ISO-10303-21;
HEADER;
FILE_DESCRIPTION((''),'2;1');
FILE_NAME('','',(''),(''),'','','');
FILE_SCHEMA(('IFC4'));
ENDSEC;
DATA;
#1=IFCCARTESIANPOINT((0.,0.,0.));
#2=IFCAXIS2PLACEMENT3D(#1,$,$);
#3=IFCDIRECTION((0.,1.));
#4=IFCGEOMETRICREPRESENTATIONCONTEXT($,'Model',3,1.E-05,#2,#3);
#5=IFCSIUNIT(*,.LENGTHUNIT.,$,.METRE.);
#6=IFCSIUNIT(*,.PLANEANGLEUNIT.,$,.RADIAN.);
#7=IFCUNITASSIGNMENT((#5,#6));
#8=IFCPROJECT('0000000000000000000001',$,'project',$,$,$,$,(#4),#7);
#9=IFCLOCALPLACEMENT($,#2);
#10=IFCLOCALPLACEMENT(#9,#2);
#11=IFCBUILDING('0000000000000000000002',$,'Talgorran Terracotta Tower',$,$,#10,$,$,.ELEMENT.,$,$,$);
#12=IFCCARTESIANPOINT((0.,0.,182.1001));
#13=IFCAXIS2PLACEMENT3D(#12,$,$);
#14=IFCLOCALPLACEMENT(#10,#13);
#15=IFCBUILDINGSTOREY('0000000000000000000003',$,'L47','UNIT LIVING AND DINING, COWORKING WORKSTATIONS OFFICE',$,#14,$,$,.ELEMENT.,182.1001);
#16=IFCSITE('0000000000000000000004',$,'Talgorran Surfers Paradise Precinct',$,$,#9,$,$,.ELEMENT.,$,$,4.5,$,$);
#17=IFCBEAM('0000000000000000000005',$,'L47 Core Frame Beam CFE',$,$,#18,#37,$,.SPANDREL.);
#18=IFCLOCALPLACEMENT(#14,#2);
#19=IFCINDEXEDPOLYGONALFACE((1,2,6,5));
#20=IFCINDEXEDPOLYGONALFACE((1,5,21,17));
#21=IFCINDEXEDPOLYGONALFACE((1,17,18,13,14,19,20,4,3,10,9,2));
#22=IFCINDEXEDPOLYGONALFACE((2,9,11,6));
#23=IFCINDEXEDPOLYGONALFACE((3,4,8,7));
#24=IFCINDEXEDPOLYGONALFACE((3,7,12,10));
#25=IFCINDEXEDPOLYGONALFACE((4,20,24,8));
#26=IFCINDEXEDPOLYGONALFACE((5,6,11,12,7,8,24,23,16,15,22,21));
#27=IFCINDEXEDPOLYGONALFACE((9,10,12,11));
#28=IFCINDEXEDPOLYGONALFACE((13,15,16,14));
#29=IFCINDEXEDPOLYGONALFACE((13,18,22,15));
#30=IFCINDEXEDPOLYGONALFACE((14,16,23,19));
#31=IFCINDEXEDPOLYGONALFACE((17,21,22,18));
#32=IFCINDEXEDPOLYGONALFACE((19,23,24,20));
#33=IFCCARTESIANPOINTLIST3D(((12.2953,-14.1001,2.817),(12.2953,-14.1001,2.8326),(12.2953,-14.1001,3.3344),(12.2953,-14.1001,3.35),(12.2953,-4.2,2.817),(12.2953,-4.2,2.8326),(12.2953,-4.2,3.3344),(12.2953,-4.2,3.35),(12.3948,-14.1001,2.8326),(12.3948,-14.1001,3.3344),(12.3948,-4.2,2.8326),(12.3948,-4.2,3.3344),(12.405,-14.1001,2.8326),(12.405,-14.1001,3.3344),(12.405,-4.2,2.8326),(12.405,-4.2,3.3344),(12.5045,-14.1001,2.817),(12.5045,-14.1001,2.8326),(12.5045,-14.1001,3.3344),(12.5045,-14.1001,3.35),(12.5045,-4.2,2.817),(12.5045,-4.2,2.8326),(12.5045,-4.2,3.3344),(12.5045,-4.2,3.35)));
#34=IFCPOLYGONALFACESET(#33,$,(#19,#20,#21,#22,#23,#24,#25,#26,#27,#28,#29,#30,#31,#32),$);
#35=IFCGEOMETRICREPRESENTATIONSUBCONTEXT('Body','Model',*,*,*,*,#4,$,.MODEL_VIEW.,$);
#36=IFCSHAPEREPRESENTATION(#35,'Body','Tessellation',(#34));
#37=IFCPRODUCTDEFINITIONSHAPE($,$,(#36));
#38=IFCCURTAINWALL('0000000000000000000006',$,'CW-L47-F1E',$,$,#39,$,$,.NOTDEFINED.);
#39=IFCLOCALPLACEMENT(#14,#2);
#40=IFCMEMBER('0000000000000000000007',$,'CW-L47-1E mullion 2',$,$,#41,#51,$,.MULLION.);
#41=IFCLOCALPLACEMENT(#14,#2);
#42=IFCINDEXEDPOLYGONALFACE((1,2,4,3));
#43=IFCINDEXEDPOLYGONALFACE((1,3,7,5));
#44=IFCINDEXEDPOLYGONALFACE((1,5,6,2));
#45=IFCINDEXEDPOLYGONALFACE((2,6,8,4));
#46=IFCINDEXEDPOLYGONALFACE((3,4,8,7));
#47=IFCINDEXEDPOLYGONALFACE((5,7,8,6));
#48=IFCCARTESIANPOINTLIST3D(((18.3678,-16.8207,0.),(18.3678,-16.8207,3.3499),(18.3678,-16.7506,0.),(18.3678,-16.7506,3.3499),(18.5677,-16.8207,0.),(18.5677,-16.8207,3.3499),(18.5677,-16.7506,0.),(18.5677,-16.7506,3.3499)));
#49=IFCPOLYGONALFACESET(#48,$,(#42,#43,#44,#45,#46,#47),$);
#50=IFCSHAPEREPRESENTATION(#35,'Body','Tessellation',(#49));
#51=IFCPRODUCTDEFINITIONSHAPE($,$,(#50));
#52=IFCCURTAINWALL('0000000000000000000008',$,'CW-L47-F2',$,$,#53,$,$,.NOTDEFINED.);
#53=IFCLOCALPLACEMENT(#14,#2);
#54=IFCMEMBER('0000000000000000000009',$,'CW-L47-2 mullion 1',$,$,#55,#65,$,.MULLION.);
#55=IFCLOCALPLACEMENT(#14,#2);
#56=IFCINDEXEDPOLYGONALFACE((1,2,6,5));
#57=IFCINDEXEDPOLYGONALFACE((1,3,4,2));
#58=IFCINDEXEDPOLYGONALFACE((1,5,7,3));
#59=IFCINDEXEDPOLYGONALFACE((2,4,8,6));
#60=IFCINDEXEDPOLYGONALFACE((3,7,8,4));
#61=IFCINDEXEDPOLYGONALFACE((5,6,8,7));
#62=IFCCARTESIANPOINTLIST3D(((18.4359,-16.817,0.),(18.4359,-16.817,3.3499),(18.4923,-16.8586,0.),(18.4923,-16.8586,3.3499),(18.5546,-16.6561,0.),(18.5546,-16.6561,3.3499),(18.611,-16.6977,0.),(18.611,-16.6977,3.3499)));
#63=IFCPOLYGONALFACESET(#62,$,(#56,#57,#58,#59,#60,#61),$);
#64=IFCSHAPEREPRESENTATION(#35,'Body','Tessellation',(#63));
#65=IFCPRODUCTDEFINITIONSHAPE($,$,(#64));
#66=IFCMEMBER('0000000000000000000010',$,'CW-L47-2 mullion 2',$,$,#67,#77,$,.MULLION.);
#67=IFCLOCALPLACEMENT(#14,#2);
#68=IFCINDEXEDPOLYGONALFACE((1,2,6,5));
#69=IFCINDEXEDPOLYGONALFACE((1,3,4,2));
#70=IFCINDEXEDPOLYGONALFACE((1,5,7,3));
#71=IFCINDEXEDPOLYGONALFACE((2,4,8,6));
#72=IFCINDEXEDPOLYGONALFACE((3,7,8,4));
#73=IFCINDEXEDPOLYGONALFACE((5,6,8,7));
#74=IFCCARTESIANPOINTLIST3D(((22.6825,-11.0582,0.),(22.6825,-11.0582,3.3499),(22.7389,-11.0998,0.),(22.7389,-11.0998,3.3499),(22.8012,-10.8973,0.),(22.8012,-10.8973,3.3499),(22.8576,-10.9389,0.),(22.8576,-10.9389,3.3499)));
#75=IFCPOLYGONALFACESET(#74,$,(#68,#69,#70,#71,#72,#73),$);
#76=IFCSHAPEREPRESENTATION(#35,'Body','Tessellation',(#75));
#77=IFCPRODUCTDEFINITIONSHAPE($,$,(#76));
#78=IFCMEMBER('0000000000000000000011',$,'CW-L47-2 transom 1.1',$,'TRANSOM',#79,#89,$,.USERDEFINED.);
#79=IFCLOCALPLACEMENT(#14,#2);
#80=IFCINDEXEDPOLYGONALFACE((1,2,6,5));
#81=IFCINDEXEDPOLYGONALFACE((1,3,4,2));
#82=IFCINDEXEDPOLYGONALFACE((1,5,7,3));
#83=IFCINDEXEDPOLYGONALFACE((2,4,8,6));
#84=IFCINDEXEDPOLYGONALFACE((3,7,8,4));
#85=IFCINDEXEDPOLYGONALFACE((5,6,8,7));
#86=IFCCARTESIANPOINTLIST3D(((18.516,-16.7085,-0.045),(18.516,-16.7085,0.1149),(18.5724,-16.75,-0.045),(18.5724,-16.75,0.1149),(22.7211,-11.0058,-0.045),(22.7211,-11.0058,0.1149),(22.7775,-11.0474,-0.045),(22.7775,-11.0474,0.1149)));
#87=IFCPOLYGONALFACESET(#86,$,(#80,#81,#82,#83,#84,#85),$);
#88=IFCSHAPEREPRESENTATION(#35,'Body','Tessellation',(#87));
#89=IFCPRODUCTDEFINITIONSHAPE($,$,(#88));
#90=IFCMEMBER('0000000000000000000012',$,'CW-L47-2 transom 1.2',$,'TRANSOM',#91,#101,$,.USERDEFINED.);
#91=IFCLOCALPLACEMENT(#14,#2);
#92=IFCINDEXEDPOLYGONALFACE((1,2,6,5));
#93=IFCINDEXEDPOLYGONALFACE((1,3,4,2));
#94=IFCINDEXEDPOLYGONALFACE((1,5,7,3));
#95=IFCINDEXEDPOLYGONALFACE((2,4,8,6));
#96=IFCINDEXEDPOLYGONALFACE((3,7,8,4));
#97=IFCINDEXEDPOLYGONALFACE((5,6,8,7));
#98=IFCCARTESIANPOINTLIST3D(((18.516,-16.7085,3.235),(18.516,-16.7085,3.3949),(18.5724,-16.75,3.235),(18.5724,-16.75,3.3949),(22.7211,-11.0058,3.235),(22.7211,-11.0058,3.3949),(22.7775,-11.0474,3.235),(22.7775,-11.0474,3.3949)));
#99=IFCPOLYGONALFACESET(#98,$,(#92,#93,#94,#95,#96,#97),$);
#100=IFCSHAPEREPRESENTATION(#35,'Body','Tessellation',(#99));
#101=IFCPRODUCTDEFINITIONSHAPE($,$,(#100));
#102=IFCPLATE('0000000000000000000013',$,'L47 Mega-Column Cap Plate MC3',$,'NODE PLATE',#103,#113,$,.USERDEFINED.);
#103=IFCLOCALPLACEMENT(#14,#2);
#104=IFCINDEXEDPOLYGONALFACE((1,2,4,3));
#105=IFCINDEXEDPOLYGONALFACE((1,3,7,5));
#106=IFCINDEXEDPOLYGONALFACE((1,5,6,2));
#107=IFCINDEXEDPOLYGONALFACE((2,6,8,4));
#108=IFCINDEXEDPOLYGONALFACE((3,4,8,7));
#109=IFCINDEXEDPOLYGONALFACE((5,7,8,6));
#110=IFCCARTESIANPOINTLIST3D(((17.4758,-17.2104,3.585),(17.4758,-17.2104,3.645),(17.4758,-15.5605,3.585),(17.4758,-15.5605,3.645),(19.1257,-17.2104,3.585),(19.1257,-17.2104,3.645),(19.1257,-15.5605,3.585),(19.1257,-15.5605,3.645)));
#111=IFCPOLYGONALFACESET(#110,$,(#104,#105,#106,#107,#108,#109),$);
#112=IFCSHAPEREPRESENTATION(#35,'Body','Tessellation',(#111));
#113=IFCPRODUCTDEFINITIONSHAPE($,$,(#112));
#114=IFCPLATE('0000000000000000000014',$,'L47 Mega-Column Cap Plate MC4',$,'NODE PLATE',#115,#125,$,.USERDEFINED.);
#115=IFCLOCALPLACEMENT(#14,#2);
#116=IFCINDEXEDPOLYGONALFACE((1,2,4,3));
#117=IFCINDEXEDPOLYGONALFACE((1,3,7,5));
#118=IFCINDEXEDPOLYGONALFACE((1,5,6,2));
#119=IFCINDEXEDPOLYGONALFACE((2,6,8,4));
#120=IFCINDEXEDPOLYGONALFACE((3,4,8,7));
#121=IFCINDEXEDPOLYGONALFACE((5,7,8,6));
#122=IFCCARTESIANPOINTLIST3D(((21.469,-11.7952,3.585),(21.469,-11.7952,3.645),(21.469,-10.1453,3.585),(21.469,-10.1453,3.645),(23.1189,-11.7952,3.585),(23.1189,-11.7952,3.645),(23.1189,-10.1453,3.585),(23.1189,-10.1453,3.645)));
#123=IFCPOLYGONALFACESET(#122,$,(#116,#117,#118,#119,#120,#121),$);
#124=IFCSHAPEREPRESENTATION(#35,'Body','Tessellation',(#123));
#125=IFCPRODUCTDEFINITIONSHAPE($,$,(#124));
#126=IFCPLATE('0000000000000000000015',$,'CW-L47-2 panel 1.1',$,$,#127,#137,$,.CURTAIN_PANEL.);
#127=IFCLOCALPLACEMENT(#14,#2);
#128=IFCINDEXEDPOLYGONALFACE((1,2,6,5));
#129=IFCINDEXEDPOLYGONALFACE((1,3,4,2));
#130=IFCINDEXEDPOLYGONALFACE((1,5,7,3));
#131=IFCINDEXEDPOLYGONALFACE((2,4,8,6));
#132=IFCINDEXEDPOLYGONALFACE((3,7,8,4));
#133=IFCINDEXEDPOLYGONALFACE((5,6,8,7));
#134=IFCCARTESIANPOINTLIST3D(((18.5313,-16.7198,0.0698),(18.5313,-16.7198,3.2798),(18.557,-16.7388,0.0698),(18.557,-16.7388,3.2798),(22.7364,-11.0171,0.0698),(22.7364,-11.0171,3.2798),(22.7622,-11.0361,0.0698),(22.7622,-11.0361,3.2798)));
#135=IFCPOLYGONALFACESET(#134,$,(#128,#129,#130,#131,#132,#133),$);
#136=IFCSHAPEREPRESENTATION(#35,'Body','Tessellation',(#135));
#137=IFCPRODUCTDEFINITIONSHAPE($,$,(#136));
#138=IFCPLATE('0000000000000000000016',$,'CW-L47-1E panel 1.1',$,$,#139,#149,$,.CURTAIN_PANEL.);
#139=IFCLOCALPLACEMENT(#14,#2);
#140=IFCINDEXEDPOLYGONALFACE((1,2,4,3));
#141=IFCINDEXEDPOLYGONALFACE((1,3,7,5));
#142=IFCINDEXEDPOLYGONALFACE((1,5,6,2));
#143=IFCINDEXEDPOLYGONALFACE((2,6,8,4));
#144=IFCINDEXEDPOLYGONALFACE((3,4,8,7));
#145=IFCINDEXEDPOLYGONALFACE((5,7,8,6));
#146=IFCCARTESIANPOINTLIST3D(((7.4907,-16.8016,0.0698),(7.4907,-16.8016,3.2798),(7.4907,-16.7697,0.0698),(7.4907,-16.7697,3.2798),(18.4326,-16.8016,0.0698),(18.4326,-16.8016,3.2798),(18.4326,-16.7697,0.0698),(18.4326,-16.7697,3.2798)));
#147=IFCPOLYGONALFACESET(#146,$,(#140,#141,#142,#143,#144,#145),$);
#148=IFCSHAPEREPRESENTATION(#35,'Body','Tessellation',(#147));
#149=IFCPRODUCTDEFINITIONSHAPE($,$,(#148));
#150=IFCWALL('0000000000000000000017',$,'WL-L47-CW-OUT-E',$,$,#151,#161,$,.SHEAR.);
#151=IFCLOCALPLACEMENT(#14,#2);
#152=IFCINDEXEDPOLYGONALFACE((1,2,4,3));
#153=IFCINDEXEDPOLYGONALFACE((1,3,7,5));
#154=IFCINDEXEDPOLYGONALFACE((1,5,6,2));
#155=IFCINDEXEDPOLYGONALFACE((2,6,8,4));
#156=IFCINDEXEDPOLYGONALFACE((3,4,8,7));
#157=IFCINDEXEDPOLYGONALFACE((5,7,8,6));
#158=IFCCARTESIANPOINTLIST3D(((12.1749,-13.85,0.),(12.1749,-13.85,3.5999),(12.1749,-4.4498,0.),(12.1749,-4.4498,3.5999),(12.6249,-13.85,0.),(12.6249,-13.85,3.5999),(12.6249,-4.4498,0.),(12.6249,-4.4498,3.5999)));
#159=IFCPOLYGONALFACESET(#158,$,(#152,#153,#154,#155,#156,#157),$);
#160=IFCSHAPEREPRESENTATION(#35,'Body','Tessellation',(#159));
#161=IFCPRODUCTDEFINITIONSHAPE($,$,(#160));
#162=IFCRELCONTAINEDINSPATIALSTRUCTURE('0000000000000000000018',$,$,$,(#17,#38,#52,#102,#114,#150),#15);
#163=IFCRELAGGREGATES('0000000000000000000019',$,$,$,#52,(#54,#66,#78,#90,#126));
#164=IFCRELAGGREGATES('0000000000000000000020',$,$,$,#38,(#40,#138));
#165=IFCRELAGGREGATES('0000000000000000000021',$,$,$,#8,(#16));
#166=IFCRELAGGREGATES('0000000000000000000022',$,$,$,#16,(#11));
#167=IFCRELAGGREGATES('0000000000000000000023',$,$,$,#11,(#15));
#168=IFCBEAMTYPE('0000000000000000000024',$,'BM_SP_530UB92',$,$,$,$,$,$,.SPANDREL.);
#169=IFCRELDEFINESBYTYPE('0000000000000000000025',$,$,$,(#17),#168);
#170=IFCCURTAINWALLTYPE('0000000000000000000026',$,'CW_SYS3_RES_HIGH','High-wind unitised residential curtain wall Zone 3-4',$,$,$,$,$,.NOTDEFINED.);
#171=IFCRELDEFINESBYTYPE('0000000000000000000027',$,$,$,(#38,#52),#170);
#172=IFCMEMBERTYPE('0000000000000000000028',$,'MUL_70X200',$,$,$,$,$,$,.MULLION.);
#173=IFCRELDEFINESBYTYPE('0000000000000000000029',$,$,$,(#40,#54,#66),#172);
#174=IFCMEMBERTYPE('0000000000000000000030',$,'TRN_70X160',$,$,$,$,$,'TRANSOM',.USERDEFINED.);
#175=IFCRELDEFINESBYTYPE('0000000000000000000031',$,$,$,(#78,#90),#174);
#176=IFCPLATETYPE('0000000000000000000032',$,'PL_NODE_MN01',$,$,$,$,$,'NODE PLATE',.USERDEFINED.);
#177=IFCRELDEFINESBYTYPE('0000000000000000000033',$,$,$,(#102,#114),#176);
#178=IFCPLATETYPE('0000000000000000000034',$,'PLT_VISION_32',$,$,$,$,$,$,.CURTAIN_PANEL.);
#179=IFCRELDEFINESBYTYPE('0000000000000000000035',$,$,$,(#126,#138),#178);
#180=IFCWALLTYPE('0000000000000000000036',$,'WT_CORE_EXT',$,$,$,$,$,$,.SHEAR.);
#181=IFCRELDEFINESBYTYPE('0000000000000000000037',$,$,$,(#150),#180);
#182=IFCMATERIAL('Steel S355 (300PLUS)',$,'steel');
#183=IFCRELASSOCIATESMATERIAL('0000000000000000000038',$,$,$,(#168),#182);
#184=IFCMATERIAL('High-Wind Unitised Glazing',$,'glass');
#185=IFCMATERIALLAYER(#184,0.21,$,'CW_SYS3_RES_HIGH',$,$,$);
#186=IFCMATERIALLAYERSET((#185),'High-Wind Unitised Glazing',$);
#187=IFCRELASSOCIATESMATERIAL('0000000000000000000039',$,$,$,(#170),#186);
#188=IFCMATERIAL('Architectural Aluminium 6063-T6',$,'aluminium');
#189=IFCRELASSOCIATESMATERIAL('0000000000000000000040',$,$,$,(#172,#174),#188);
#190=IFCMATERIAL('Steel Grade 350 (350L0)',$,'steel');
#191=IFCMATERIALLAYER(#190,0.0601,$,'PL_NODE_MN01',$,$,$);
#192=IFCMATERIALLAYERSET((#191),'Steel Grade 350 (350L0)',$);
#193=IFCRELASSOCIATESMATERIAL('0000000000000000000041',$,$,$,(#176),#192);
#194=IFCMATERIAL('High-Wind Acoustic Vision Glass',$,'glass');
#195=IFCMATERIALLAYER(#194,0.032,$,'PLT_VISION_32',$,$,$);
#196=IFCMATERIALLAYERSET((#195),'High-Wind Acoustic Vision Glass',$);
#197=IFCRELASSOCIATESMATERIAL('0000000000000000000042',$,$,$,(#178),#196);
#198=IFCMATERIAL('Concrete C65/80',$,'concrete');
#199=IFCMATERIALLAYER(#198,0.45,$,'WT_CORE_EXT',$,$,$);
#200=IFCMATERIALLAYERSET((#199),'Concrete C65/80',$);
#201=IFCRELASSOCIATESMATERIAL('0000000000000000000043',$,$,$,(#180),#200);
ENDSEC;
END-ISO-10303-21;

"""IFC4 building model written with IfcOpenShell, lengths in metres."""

from ifc_helpers import new_model, si_unit, direction, frame, frame_2d, origin, origin_2d, place, context, subcontext, project, spatial, rectangle, i_section, extrude, source, transform, mapped, material, layer, layer_set, material_profile, profile_set, type_object, type_shapes, element, aggregate, save


model = new_model("IFC4")

# Units and contexts
model_context = context("Model", 3, precision=1e-05, world=origin(), true_north=direction((0.0, 1.0)))
body_context = subcontext(model_context, "Body", "Model", "MODEL_VIEW")
ifc_project = project(units=[si_unit("LENGTHUNIT", "METRE"), si_unit("PLANEANGLEUNIT", "RADIAN")], contexts=[model_context])

# Site, building, storey
site_placement = place(None, origin())
site = spatial("IfcSite", under=ifc_project, at=site_placement, Name="Talgorran Surfers Paradise Precinct", CompositionType="ELEMENT", RefElevation=4.5)
building_placement = place(site_placement, origin())
building = spatial("IfcBuilding", under=site, at=building_placement, Name="Talgorran Terracotta Tower", CompositionType="ELEMENT")
storey_placement = place(building_placement, frame((0.0, 0.0, 182.1001)))
storey = spatial("IfcBuildingStorey", under=building, at=storey_placement, Name="L47", Description="UNIT LIVING AND DINING, COWORKING WORKSTATIONS OFFICE", CompositionType="ELEMENT", Elevation=182.1001)

# Shared definitions
ifc_material_1 = material(Name="Steel S355 (300PLUS)", Category="steel")
ifc_material_2 = material(Name="Steel Grade 350 (350L0)", Category="steel")

# Beam
ifc_material_profile_1 = material_profile(ifc_material_1, i_section(OverallWidth=0.2092, OverallDepth=0.533, WebThickness=0.0103, FlangeThickness=0.0156, at=origin_2d()), Name="530UB92.4")
ifc_profile_set_1 = profile_set([ifc_material_profile_1], Name="Steel S355 (300PLUS)")
beam_type_1 = type_object("IfcBeamType", Name="BM_SP_530UB92", PredefinedType="SPANDREL", material=ifc_profile_set_1)
beam_1_placement = place(storey_placement, frame((12.3999, -14.1001, 3.0835), z_axis=(0.0, 1.0, 0.0), x_axis=(-1.0, 0.0, 0.0)))
element("IfcBeam", 1, at=beam_1_placement, inside=storey, type_object=beam_type_1, Name="L47 Core Frame Beam CFE", PredefinedType="SPANDREL", context=body_context, shape_type="SweptSolid", body=[
    extrude(i_section(OverallWidth=0.2092, OverallDepth=0.533, WebThickness=0.0103, FlangeThickness=0.0156, at=origin_2d()), origin(), (0.0, 0.0, 1.0), 9.9001),
])

# Curtain wall, member
ifc_material_3 = material(Name="High-Wind Unitised Glazing", Category="glass")
ifc_layer_1 = layer(ifc_material_3, 0.21, Name="CW_SYS3_RES_HIGH")
ifc_layer_set_1 = layer_set([ifc_layer_1], Name="High-Wind Unitised Glazing")
curtain_wall_type = type_object("IfcCurtainWallType", Name="CW_SYS3_RES_HIGH", Description="High-wind unitised residential curtain wall Zone 3-4", PredefinedType="NOTDEFINED", material=ifc_layer_set_1)
curtain_wall_1_placement = place(storey_placement, origin())
curtain_wall_1 = element("IfcCurtainWall", 2, at=curtain_wall_1_placement, inside=storey, type_object=curtain_wall_type, Name="CW-L47-F1E", PredefinedType="NOTDEFINED")
ifc_material_4 = material(Name="Architectural Aluminium 6063-T6", Category="aluminium")
ifc_material_profile_2 = material_profile(ifc_material_4, rectangle(XDim=0.0701, YDim=0.2, at=origin_2d()), Name="CWM70X200")
ifc_profile_set_2 = profile_set([ifc_material_profile_2], Name="Architectural Aluminium 6063-T6")
member_type_1 = type_object("IfcMemberType", Name="MUL_70X200", PredefinedType="MULLION", material=ifc_profile_set_2)
member_1_placement = place(storey_placement, frame((18.4678, -16.7856, 0.0), z_axis=(0.0, 0.0, 1.0), x_axis=(0.0, 1.0, 0.0)))
member_1 = element("IfcMember", 3, at=member_1_placement, type_object=member_type_1, Name="CW-L47-1E mullion 2", PredefinedType="MULLION", context=body_context, shape_type="SweptSolid", body=[
    extrude(rectangle(XDim=0.0701, YDim=0.2, at=origin_2d()), origin(), (0.0, 0.0, 1.0), 3.3499),
])

# Curtain wall, members
curtain_wall_2_placement = place(storey_placement, origin())
curtain_wall_2 = element("IfcCurtainWall", 4, at=curtain_wall_2_placement, inside=storey, type_object=curtain_wall_type, Name="CW-L47-F2", PredefinedType="NOTDEFINED")
member_2_placement = place(storey_placement, frame((18.5234, -16.7573, 0.0), z_axis=(0.0, 0.0, 1.0), x_axis=(-0.804841, 0.59349, 0.0)))
member_2 = element("IfcMember", 5, at=member_2_placement, type_object=member_type_1, Name="CW-L47-2 mullion 1", PredefinedType="MULLION", context=body_context, shape_type="SweptSolid", body=[
    extrude(rectangle(XDim=0.0701, YDim=0.2, at=origin_2d()), origin(), (0.0, 0.0, 1.0), 3.3499),
])
member_3_placement = place(storey_placement, frame((22.77, -10.9985, 0.0), z_axis=(0.0, 0.0, 1.0), x_axis=(-0.804841, 0.59349, 0.0)))
member_3 = element("IfcMember", 6, at=member_3_placement, type_object=member_type_1, Name="CW-L47-2 mullion 2", PredefinedType="MULLION", context=body_context, shape_type="SweptSolid", body=[
    extrude(rectangle(XDim=0.0701, YDim=0.2, at=origin_2d()), origin(), (0.0, 0.0, 1.0), 3.3499),
])
ifc_material_profile_3 = material_profile(ifc_material_4, rectangle(XDim=0.0701, YDim=0.1599, at=origin_2d()), Name="CWT70X160")
ifc_profile_set_3 = profile_set([ifc_material_profile_3], Name="Architectural Aluminium 6063-T6")
member_type_2 = type_object("IfcMemberType", Name="TRN_70X160", ElementType="TRANSOM", PredefinedType="USERDEFINED", material=ifc_profile_set_3)
member_4_placement = place(storey_placement, frame((18.5442, -16.7292, 0.0349), z_axis=(0.593486, 0.804844, 0.0), x_axis=(-0.804844, 0.593486, 0.0)))
member_4 = element("IfcMember", 7, at=member_4_placement, type_object=member_type_2, Name="CW-L47-2 transom 1.1", ObjectType="TRANSOM", PredefinedType="USERDEFINED", context=body_context, shape_type="SweptSolid", body=[
    extrude(rectangle(XDim=0.0701, YDim=0.1599, at=origin_2d()), origin(), (0.0, 0.0, 1.0), 7.0854),
])
member_5_placement = place(storey_placement, frame((18.5442, -16.7292, 3.3149), z_axis=(0.593486, 0.804844, 0.0), x_axis=(-0.804844, 0.593486, 0.0)))
member_5 = element("IfcMember", 8, at=member_5_placement, type_object=member_type_2, Name="CW-L47-2 transom 1.2", ObjectType="TRANSOM", PredefinedType="USERDEFINED", context=body_context, shape_type="SweptSolid", body=[
    extrude(rectangle(XDim=0.0701, YDim=0.1599, at=origin_2d()), origin(), (0.0, 0.0, 1.0), 7.0854),
])

# Plates
ifc_layer_2 = layer(ifc_material_2, 0.0601, Name="PL_NODE_MN01")
ifc_layer_set_2 = layer_set([ifc_layer_2], Name="Steel Grade 350 (350L0)")
plate_type_1 = type_object("IfcPlateType", Name="PL_NODE_MN01", ElementType="NODE PLATE", PredefinedType="USERDEFINED", material=ifc_layer_set_2)
for number, where, z_axis, x_axis, name in (
    (9, (18.3008, -16.3855, 3.585), (0.0, 0.0, 1.0), (1.0, 0.0, 0.0), "L47 Mega-Column Cap Plate MC3"),
    (10, (22.2939, -10.9702, 3.585), (0.0, 0.0, 1.0), (1.0, 0.0, 0.0), "L47 Mega-Column Cap Plate MC4"),
):
    element("IfcPlate", number, at=place(storey_placement, frame(where, z_axis=z_axis, x_axis=x_axis)), inside=storey, type_object=plate_type_1, Name=name, ObjectType="NODE PLATE", PredefinedType="USERDEFINED", context=body_context, shape_type="SweptSolid", body=[
        extrude(rectangle(XDim=1.6499, YDim=1.6499, at=origin_2d()), origin(), (0.0, 0.0, 1.0), 0.0601),
    ])

# Plates
ifc_material_5 = material(Name="High-Wind Acoustic Vision Glass", Category="glass")
ifc_layer_3 = layer(ifc_material_5, 0.032, Name="PLT_VISION_32")
ifc_layer_set_3 = layer_set([ifc_layer_3], Name="High-Wind Acoustic Vision Glass")
plate_type_2 = type_object("IfcPlateType", Name="PLT_VISION_32", PredefinedType="CURTAIN_PANEL", material=ifc_layer_set_3)
shared_shape_1 = source(origin(), body_context, "Body", "SweptSolid", [
    extrude(rectangle(XDim=7.0854, YDim=0.032, at=origin_2d()), origin(), (0.0, 0.0, 1.0), 3.21),
])
plate_1_placement = place(storey_placement, frame((20.6467, -13.8779, 0.0698), z_axis=(0.0, 0.0, 1.0), x_axis=(0.59349, 0.804841, 0.0)))
plate_1 = element("IfcPlate", 11, at=plate_1_placement, type_object=plate_type_2, Name="CW-L47-2 panel 1.1", PredefinedType="CURTAIN_PANEL", context=body_context, shape_type="MappedRepresentation", body=[
    mapped(shared_shape_1, transform((0.0, 0.0, 0.0), scale=1.0)),
])
aggregate(curtain_wall_2, [member_2, member_3, member_4, member_5, plate_1])
shared_shape_2 = source(origin(), body_context, "Body", "SweptSolid", [
    extrude(rectangle(XDim=10.9419, YDim=0.032, at=origin_2d()), origin(), (0.0, 0.0, 1.0), 3.21),
])
type_shapes(plate_type_2, [shared_shape_1, shared_shape_2])
plate_2_placement = place(storey_placement, frame((12.9617, -16.7856, 0.0698), z_axis=(0.0, 0.0, 1.0), x_axis=(1.0, 0.0, 0.0)))
plate_2 = element("IfcPlate", 12, at=plate_2_placement, type_object=plate_type_2, Name="CW-L47-1E panel 1.1", PredefinedType="CURTAIN_PANEL", context=body_context, shape_type="MappedRepresentation", body=[
    mapped(shared_shape_2, transform((0.0, 0.0, 0.0), scale=1.0)),
])
aggregate(curtain_wall_1, [member_1, plate_2])

# Wall
ifc_material_6 = material(Name="Concrete C65/80", Category="concrete")
ifc_layer_4 = layer(ifc_material_6, 0.45, Name="WT_CORE_EXT")
ifc_layer_set_4 = layer_set([ifc_layer_4], Name="Concrete C65/80")
wall_type_1 = type_object("IfcWallType", Name="WT_CORE_EXT", PredefinedType="SHEAR", material=ifc_layer_set_4)
wall_1_placement = place(storey_placement, frame((12.3999, -13.8501, 0.0), z_axis=(0.0, 0.0, 1.0), x_axis=(0.0, 1.0, 0.0)))
element("IfcWall", 13, at=wall_1_placement, inside=storey, type_object=wall_type_1, Name="WL-L47-CW-OUT-E", PredefinedType="SHEAR", context=body_context, shape_type="SweptSolid", body=[
    extrude(rectangle(XDim=9.4001, YDim=0.45, at=frame_2d((4.7002, 0.0))), origin(), (0.0, 0.0, 1.0), 3.5999),
])

save(model, "model.ifc")
